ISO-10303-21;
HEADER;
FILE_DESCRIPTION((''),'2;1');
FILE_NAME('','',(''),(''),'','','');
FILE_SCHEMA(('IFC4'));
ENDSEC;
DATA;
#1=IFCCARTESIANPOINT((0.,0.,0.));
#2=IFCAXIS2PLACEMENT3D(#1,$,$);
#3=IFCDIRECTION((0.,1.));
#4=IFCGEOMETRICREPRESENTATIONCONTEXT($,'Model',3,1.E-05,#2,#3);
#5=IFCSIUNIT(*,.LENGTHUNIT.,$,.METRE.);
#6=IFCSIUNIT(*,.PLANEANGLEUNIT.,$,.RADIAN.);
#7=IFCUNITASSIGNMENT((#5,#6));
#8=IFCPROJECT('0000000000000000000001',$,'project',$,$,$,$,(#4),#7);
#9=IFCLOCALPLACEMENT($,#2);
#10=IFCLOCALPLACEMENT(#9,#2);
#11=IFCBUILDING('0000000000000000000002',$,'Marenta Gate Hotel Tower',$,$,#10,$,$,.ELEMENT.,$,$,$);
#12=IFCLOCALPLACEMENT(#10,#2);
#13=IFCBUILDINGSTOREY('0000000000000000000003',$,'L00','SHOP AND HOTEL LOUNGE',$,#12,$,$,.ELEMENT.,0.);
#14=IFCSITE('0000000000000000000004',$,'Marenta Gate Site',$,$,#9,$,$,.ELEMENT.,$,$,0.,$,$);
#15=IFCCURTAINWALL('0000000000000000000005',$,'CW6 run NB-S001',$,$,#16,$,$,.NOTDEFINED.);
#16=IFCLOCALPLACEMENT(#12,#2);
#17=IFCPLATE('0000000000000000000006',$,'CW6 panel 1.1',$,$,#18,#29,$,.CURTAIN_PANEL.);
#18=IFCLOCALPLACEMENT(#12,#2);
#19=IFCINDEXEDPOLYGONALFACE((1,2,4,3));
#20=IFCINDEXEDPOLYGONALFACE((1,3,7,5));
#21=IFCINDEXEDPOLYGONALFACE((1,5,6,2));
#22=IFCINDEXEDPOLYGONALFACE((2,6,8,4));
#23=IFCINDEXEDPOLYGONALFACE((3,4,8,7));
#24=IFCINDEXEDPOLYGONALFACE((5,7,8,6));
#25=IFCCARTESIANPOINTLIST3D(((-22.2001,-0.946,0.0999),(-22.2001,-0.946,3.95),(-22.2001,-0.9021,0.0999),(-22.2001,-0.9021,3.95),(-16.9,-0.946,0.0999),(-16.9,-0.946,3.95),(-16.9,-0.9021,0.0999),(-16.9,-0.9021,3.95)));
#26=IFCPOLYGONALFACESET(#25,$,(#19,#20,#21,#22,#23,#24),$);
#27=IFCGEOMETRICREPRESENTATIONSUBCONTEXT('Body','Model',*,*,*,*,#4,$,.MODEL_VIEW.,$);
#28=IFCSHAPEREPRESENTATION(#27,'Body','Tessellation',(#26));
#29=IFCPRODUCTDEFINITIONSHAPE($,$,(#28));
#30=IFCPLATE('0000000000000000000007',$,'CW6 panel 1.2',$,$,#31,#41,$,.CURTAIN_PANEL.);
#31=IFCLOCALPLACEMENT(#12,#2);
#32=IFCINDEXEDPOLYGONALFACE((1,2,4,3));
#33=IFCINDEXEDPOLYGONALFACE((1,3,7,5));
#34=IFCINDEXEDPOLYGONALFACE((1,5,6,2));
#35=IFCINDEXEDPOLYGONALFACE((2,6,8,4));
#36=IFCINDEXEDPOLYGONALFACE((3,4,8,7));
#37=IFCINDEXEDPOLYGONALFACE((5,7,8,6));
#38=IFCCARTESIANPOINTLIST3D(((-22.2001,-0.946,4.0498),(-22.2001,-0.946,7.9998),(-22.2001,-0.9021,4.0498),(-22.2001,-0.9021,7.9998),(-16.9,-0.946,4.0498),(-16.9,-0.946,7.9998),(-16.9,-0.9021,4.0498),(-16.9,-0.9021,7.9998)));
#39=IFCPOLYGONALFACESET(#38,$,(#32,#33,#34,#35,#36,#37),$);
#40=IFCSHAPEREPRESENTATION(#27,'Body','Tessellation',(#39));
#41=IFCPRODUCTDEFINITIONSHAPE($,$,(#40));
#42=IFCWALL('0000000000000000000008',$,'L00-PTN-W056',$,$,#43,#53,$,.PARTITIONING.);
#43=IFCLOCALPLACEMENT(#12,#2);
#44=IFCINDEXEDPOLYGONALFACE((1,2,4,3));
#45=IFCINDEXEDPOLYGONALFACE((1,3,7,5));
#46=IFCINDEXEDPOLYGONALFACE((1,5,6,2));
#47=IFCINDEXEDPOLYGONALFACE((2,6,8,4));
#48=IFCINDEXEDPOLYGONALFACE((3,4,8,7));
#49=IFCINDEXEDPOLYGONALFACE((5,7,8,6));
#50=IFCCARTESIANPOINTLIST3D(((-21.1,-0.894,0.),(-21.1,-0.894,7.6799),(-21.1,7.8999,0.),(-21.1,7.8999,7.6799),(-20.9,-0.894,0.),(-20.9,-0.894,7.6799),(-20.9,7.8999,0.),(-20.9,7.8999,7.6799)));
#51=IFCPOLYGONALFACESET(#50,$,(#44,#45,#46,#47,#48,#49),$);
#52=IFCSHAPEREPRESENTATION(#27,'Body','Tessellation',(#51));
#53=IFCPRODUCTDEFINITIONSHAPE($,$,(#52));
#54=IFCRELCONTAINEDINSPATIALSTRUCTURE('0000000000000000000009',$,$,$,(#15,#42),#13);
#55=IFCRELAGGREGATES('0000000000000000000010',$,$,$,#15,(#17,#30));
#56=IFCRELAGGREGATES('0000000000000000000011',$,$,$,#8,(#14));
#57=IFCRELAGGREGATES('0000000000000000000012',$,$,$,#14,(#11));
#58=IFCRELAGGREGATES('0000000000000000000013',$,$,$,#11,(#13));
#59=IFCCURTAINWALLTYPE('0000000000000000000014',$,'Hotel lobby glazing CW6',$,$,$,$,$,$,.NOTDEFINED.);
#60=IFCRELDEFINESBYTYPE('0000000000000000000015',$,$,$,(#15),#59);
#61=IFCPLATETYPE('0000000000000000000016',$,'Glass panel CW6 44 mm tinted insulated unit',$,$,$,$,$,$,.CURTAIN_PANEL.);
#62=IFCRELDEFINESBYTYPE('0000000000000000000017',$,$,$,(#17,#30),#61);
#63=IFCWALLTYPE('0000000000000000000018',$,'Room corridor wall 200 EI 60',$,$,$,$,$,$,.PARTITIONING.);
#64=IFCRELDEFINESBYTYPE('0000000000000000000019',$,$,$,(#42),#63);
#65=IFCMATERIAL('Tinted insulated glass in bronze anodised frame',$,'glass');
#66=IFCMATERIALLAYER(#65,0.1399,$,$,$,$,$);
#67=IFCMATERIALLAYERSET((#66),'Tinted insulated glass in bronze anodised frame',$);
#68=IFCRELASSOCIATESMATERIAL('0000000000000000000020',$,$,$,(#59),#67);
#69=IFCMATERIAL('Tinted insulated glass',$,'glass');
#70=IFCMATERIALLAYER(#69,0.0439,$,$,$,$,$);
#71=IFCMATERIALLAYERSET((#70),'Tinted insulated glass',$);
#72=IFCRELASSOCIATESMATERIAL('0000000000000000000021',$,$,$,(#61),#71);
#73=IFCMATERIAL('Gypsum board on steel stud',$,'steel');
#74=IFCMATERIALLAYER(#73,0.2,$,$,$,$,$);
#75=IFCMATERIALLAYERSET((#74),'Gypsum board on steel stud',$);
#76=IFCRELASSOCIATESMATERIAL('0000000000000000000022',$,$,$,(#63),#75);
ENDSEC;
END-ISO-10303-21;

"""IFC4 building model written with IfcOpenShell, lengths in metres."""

from ifc_helpers import new_model, si_unit, direction, frame, frame_2d, origin, origin_2d, place, context, subcontext, project, spatial, rectangle, extrude, material, layer, layer_set, type_object, element, aggregate, save


model = new_model("IFC4")

# Units and contexts
model_context = context("Model", 3, precision=1e-05, world=origin(), true_north=direction((0.0, 1.0)))
body_context = subcontext(model_context, "Body", "Model", "MODEL_VIEW")
ifc_project = project(units=[si_unit("LENGTHUNIT", "METRE"), si_unit("PLANEANGLEUNIT", "RADIAN")], contexts=[model_context])

# Site, building, storey
site_placement = place(None, origin())
site = spatial("IfcSite", under=ifc_project, at=site_placement, Name="Marenta Gate Site", CompositionType="ELEMENT", RefElevation=0.0)
building_placement = place(site_placement, origin())
building = spatial("IfcBuilding", under=site, at=building_placement, Name="Marenta Gate Hotel Tower", CompositionType="ELEMENT")
storey_placement = place(building_placement, origin())
storey = spatial("IfcBuildingStorey", under=building, at=storey_placement, Name="L00", Description="SHOP AND HOTEL LOUNGE", CompositionType="ELEMENT", Elevation=0.0)

# Curtain wall, plates
ifc_material_1 = material(Name="Tinted insulated glass in bronze anodised frame", Category="glass")
ifc_layer_1 = layer(ifc_material_1, 0.1399)
ifc_layer_set_1 = layer_set([ifc_layer_1], Name="Tinted insulated glass in bronze anodised frame")
curtain_wall_type = type_object("IfcCurtainWallType", Name="Hotel lobby glazing CW6", PredefinedType="NOTDEFINED", material=ifc_layer_set_1)
curtain_wall_placement = place(storey_placement, origin())
curtain_wall = element("IfcCurtainWall", 1, at=curtain_wall_placement, inside=storey, type_object=curtain_wall_type, Name="CW6 run NB-S001", PredefinedType="NOTDEFINED")
ifc_material_2 = material(Name="Tinted insulated glass", Category="glass")
ifc_layer_2 = layer(ifc_material_2, 0.0439)
ifc_layer_set_2 = layer_set([ifc_layer_2], Name="Tinted insulated glass")
plate_type = type_object("IfcPlateType", Name="Glass panel CW6 44 mm tinted insulated unit", PredefinedType="CURTAIN_PANEL", material=ifc_layer_set_2)
plate_1_placement = place(storey_placement, frame((-19.55, -0.9241, 0.0999), z_axis=(0.0, 0.0, 1.0), x_axis=(1.0, 0.0, 0.0)))
plate_1 = element("IfcPlate", 2, at=plate_1_placement, type_object=plate_type, Name="CW6 panel 1.1", PredefinedType="CURTAIN_PANEL", context=body_context, shape_type="SweptSolid", body=[
    extrude(rectangle(XDim=5.3, YDim=0.0439, at=origin_2d()), origin(), (0.0, 0.0, 1.0), 3.8501),
])
plate_2_placement = place(storey_placement, frame((-19.55, -0.9241, 4.0498), z_axis=(0.0, 0.0, 1.0), x_axis=(1.0, 0.0, 0.0)))
plate_2 = element("IfcPlate", 3, at=plate_2_placement, type_object=plate_type, Name="CW6 panel 1.2", PredefinedType="CURTAIN_PANEL", context=body_context, shape_type="SweptSolid", body=[
    extrude(rectangle(XDim=5.3, YDim=0.0439, at=origin_2d()), origin(), (0.0, 0.0, 1.0), 3.95),
])
aggregate(curtain_wall, [plate_1, plate_2])

# Wall
ifc_material_3 = material(Name="Gypsum board on steel stud", Category="steel")
ifc_layer_3 = layer(ifc_material_3, 0.2)
ifc_layer_set_3 = layer_set([ifc_layer_3], Name="Gypsum board on steel stud")
wall_type_1 = type_object("IfcWallType", Name="Room corridor wall 200 EI 60", PredefinedType="PARTITIONING", material=ifc_layer_set_3)
wall_1_placement = place(storey_placement, frame((-21.0, -0.894, 0.0), z_axis=(0.0, 0.0, 1.0), x_axis=(0.0, 1.0, 0.0)))
element("IfcWall", 4, at=wall_1_placement, inside=storey, type_object=wall_type_1, Name="L00-PTN-W056", PredefinedType="PARTITIONING", context=body_context, shape_type="SweptSolid", body=[
    extrude(rectangle(XDim=8.7939, YDim=0.2, at=frame_2d((4.397, 0.0))), origin(), (0.0, 0.0, 1.0), 7.6799),
])

save(model, "model.ifc")
